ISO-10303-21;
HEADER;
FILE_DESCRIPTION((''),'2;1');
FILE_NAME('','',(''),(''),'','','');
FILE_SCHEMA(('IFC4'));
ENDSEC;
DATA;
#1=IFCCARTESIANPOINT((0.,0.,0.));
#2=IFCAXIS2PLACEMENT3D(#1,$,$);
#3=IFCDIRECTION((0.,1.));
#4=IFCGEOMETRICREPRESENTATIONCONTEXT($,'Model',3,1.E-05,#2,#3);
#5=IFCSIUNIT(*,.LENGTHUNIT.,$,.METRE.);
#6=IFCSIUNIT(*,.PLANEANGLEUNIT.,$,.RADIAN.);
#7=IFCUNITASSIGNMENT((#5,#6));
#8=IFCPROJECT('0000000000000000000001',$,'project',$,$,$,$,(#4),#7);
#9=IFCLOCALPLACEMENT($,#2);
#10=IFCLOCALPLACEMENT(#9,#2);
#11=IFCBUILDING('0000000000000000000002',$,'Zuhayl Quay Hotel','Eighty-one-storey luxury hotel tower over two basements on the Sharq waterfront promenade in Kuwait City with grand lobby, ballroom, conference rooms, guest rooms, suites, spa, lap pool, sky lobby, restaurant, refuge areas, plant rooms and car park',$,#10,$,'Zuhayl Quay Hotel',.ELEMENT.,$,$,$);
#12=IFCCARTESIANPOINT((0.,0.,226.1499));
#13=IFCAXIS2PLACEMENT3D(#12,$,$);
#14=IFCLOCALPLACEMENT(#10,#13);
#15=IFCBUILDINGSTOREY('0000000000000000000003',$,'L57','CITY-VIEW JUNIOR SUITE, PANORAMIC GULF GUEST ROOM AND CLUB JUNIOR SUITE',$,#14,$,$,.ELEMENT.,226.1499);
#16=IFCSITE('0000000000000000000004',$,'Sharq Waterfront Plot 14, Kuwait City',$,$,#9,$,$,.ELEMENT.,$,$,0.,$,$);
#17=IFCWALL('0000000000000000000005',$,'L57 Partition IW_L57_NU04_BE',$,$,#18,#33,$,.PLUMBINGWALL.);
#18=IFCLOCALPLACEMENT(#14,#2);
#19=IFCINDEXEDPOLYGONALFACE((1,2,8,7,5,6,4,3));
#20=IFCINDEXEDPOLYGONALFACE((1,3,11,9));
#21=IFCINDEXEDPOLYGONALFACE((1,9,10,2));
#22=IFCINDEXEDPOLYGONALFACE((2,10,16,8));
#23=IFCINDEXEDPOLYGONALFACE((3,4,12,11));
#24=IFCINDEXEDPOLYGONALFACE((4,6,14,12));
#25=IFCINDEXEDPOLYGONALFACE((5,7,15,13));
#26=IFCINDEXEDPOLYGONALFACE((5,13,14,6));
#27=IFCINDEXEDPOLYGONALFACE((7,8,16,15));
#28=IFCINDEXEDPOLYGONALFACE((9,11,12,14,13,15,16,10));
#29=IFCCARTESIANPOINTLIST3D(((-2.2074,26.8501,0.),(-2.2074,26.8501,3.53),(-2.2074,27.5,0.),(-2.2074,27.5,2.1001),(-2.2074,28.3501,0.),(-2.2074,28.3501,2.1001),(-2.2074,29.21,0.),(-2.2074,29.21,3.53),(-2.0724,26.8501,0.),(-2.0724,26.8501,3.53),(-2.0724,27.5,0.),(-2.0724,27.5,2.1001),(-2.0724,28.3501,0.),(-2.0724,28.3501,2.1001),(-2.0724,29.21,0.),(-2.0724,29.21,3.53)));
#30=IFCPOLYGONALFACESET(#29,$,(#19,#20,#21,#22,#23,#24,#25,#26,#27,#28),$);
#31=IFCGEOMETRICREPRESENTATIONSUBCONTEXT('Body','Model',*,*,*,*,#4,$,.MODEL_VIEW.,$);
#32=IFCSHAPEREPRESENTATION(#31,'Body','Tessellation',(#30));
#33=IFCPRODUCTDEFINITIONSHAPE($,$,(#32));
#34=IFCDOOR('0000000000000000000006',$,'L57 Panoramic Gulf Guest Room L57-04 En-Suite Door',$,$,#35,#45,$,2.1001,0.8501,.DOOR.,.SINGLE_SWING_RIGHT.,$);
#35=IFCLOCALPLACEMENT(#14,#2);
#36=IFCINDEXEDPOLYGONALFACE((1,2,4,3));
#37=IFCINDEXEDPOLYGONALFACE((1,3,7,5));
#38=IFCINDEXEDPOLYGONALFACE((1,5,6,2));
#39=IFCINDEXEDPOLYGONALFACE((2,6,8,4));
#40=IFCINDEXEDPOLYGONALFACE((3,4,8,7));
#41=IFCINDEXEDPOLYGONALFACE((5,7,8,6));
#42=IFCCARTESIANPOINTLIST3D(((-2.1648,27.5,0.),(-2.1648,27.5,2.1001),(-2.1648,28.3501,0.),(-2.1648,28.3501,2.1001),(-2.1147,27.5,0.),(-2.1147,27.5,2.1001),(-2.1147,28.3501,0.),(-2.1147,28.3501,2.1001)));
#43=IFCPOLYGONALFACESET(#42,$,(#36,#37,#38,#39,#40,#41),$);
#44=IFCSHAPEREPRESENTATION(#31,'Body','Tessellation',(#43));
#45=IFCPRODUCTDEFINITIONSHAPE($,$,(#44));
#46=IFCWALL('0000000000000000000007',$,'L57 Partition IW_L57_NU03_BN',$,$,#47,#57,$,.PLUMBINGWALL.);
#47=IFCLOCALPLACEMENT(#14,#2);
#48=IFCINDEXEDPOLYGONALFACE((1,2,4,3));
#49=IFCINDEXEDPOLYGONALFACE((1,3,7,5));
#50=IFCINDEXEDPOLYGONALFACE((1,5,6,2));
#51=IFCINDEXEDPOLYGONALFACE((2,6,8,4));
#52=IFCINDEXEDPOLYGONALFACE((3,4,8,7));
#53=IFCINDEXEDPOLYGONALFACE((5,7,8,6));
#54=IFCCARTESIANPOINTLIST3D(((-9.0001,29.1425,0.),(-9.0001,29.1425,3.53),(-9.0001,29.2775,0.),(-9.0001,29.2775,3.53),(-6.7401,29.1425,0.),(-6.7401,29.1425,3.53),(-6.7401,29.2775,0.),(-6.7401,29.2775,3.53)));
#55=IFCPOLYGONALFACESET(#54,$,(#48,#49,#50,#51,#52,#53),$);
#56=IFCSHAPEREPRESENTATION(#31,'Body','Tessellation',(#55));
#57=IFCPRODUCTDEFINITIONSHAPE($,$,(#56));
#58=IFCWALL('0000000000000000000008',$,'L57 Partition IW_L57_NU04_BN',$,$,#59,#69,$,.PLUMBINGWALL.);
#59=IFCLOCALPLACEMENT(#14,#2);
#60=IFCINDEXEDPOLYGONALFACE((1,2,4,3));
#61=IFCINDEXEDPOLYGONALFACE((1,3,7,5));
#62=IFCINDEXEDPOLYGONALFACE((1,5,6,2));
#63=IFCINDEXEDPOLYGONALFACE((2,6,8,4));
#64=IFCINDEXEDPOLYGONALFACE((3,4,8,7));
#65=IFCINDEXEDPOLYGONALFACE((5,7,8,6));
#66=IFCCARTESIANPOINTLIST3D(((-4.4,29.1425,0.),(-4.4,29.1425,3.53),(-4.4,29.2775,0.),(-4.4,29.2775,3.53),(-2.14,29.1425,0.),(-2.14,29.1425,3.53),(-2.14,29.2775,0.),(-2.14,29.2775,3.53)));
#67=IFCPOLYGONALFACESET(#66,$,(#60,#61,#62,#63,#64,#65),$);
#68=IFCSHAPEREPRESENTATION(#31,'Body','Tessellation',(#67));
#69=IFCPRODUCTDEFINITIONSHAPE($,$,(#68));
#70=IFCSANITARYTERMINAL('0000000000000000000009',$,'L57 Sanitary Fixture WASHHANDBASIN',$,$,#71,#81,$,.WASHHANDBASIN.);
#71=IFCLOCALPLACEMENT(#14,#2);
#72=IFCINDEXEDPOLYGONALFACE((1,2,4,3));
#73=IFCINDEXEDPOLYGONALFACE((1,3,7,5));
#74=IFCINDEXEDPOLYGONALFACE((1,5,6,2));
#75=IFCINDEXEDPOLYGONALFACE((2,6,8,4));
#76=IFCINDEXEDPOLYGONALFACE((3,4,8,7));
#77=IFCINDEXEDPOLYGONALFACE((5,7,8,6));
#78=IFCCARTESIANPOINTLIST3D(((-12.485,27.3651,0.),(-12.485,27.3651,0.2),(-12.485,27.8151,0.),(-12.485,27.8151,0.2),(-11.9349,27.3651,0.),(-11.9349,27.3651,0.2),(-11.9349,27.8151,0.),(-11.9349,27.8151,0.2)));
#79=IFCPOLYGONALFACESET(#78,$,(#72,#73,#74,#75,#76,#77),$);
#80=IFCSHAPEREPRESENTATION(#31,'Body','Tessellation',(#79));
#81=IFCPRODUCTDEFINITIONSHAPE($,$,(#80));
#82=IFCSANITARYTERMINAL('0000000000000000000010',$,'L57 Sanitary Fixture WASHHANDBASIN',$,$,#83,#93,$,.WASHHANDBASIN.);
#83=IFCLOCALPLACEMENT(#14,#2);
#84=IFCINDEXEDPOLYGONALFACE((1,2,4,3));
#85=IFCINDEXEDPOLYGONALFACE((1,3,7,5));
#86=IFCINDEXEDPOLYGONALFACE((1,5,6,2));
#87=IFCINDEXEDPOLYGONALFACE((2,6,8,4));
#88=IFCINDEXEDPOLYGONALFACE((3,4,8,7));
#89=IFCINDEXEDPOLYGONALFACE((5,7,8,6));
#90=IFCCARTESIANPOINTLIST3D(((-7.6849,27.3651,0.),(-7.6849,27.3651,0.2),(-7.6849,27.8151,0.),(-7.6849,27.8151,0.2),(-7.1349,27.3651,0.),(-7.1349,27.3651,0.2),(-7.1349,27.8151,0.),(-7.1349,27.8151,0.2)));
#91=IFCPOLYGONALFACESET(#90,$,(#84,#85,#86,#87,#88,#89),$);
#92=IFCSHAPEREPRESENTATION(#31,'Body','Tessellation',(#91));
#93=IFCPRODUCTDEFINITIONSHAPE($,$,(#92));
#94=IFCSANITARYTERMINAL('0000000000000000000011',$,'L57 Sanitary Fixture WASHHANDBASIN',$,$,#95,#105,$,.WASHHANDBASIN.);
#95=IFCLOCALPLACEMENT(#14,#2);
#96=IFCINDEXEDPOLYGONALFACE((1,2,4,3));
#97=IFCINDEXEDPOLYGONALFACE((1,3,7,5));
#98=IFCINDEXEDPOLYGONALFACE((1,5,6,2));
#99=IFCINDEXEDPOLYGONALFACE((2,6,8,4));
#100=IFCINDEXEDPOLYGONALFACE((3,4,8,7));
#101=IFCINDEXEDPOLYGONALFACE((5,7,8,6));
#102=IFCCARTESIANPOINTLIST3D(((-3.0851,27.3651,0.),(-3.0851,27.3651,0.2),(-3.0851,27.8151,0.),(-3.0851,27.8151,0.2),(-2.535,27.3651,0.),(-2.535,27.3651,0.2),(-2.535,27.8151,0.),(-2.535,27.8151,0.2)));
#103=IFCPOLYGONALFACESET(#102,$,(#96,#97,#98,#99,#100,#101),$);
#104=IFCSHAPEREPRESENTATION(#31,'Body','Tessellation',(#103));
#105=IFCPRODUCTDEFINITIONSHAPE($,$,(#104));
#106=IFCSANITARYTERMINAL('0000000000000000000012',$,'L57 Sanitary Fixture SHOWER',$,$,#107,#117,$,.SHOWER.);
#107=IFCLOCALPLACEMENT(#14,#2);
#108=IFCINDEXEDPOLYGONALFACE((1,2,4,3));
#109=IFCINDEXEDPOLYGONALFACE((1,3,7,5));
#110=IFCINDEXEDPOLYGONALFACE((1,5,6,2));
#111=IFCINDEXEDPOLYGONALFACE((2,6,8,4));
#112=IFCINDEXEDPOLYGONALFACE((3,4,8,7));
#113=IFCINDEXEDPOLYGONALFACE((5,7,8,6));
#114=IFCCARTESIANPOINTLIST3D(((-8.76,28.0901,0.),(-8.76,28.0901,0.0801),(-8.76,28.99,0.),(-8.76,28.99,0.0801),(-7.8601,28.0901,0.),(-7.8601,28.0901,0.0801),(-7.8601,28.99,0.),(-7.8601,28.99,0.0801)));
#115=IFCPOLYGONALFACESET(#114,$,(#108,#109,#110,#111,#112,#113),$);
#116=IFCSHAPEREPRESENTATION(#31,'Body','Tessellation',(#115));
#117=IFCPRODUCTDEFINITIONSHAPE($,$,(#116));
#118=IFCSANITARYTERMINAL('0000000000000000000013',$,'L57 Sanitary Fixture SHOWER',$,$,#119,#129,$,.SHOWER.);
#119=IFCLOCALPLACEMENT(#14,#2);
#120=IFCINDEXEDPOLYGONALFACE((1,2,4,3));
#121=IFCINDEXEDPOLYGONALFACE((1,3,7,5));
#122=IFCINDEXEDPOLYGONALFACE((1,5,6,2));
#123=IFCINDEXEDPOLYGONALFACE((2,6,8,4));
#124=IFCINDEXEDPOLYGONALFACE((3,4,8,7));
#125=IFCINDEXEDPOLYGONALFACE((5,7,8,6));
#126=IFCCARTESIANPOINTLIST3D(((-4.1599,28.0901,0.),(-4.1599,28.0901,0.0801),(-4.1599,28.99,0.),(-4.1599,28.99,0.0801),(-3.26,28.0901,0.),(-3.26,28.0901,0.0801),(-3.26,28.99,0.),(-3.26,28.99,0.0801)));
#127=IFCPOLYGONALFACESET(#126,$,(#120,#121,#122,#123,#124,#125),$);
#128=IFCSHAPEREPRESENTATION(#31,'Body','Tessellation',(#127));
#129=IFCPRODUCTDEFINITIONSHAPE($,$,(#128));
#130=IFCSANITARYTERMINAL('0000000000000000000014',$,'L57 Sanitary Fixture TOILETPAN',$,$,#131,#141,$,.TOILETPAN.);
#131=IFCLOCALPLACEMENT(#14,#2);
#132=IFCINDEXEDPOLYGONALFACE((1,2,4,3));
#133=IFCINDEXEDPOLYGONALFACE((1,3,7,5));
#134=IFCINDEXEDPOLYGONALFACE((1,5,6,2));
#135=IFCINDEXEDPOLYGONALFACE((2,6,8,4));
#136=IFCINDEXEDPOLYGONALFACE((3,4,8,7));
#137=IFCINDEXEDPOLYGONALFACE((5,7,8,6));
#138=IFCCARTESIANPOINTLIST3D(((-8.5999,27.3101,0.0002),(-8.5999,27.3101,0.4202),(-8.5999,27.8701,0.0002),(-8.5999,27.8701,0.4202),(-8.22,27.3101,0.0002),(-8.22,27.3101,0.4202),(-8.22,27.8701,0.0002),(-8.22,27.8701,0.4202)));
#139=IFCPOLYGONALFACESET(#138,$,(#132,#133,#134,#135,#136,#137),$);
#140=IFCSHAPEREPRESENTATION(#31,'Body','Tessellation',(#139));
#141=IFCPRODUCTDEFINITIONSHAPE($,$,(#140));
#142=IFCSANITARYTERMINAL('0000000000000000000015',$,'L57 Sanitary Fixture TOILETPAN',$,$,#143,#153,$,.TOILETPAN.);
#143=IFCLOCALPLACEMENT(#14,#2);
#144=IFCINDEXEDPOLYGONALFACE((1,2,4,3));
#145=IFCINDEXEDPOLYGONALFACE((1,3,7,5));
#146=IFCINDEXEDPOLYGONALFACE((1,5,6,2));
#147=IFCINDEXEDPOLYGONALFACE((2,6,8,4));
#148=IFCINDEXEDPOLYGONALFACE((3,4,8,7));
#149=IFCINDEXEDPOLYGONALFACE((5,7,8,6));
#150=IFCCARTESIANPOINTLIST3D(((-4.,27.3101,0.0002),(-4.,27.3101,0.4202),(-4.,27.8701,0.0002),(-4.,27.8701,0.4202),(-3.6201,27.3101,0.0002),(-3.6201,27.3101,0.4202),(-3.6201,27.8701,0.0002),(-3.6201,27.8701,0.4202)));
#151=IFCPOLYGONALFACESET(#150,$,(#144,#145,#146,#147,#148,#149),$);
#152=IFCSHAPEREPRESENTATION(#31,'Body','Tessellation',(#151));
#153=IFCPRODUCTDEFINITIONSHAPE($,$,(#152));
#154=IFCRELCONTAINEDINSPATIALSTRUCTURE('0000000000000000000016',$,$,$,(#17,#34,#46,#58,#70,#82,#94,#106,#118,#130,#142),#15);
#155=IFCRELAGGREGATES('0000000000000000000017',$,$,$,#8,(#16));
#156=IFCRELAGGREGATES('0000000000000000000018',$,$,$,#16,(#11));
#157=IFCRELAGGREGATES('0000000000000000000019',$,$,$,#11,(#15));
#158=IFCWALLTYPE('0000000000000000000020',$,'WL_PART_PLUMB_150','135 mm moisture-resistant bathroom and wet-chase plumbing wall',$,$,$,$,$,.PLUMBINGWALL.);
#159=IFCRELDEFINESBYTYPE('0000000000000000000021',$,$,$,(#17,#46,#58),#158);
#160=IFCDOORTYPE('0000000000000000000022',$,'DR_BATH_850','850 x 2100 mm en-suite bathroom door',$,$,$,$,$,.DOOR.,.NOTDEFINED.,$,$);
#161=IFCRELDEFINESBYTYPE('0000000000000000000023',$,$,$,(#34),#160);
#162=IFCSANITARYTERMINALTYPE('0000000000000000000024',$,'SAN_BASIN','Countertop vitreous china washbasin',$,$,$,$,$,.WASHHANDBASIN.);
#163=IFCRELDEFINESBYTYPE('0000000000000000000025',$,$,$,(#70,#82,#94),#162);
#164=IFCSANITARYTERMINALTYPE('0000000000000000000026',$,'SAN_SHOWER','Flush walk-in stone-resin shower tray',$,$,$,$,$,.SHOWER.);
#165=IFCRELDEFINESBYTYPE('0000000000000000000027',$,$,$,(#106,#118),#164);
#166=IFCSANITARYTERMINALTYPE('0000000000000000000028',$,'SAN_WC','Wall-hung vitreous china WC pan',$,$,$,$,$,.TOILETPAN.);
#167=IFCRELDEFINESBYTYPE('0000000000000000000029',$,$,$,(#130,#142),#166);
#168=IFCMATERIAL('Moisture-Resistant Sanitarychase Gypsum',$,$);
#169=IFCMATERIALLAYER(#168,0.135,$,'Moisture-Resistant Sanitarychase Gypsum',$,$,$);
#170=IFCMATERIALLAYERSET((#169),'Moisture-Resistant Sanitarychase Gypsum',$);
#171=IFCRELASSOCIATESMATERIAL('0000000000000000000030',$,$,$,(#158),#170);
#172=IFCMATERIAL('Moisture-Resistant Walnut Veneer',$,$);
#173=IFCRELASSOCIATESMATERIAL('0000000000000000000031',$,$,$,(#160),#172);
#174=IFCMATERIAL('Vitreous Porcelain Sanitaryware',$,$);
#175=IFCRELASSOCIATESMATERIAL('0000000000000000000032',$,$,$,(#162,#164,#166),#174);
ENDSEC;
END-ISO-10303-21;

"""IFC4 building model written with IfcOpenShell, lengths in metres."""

from ifc_helpers import new_model, si_unit, direction, frame, frame_2d, origin, origin_2d, place, context, subcontext, project, spatial, rectangle, extrude, material, layer, layer_set, type_object, element, fill, save


model = new_model("IFC4")

# Units and contexts
model_context = context("Model", 3, precision=1e-05, world=origin(), true_north=direction((0.0, 1.0)))
body_context = subcontext(model_context, "Body", "Model", "MODEL_VIEW")
ifc_project = project(units=[si_unit("LENGTHUNIT", "METRE"), si_unit("PLANEANGLEUNIT", "RADIAN")], contexts=[model_context])

# Site, building, storey
site_placement = place(None, origin())
site = spatial("IfcSite", under=ifc_project, at=site_placement, Name="Sharq Waterfront Plot 14, Kuwait City", CompositionType="ELEMENT", RefElevation=0.0)
building_placement = place(site_placement, origin())
building = spatial("IfcBuilding", under=site, at=building_placement, Name="Zuhayl Quay Hotel", Description="Eighty-one-storey luxury hotel tower over two basements on the Sharq waterfront promenade in Kuwait City with grand lobby, ballroom, conference rooms, guest rooms, suites, spa, lap pool, sky lobby, restaurant, refuge areas, plant rooms and car park", LongName="Zuhayl Quay Hotel", CompositionType="ELEMENT")
storey_placement = place(building_placement, frame((0.0, 0.0, 226.1499)))
storey = spatial("IfcBuildingStorey", under=building, at=storey_placement, Name="L57", Description="CITY-VIEW JUNIOR SUITE, PANORAMIC GULF GUEST ROOM AND CLUB JUNIOR SUITE", CompositionType="ELEMENT", Elevation=226.1499)

# Wall, opening, door
ifc_material_1 = material(Name="Moisture-Resistant Sanitarychase Gypsum")
ifc_layer_1 = layer(ifc_material_1, 0.135, Name="Moisture-Resistant Sanitarychase Gypsum")
ifc_layer_set_1 = layer_set([ifc_layer_1], Name="Moisture-Resistant Sanitarychase Gypsum")
wall_type_1 = type_object("IfcWallType", Name="WL_PART_PLUMB_150", Description="135 mm moisture-resistant bathroom and wet-chase plumbing wall", PredefinedType="PLUMBINGWALL", material=ifc_layer_set_1)
ifc_material_2 = material(Name="Moisture-Resistant Walnut Veneer")
door_type_1 = type_object("IfcDoorType", Name="DR_BATH_850", Description="850 x 2100 mm en-suite bathroom door", OperationType="NOTDEFINED", PredefinedType="DOOR", material=ifc_material_2)
wall_1_placement = place(storey_placement, frame((-2.1399, 26.8501, 0.0), z_axis=(0.0, 0.0, 1.0), x_axis=(0.0, 1.0, 0.0)))
wall_1 = element("IfcWall", 1, at=wall_1_placement, inside=storey, type_object=wall_type_1, Name="L57 Partition IW_L57_NU04_BE", PredefinedType="PLUMBINGWALL", context=body_context, shape_type="SweptSolid", body=[
    extrude(rectangle(XDim=2.3599, YDim=0.135, at=frame_2d((1.1799, 0.0))), origin(), (0.0, 0.0, 1.0), 3.53),
])
opening_1_placement = place(wall_1_placement, frame((0.6499, 0.0, 0.0)))
opening_1 = element("IfcOpeningElement", 2, at=opening_1_placement, cuts=wall_1, PredefinedType="OPENING", context=body_context, shape_type="SweptSolid", body=[
    extrude(rectangle(XDim=0.8501, YDim=2.1001, at=frame_2d((0.425, 1.05))), frame((0.0, 0.0774, 0.0), z_axis=(0.0, -1.0, 0.0), x_axis=(1.0, 0.0, 0.0)), (0.0, 0.0, 1.0), 0.155),
])
door_1_placement = place(opening_1_placement, origin())
door_1 = element("IfcDoor", 3, at=door_1_placement, inside=storey, type_object=door_type_1, Name="L57 Panoramic Gulf Guest Room L57-04 En-Suite Door", OperationType="SINGLE_SWING_RIGHT", OverallHeight=2.1001, OverallWidth=0.8501, PredefinedType="DOOR", context=body_context, shape_type="SweptSolid", body=[
    extrude(rectangle(XDim=0.8501, YDim=2.1001, at=frame_2d((0.425, 1.05))), frame((0.0, 0.0249, 0.0), z_axis=(0.0, -1.0, 0.0), x_axis=(1.0, 0.0, 0.0)), (0.0, 0.0, 1.0), 0.05),
])
fill(opening_1, door_1)

# Walls
for number, where, z_axis, x_axis, name in (
    (4, (-9.0, 29.21, 0.0), (0.0, 0.0, 1.0), (1.0, 0.0, 0.0), "L57 Partition IW_L57_NU03_BN"),
    (5, (-4.3999, 29.21, 0.0), (0.0, 0.0, 1.0), (1.0, 0.0, 0.0), "L57 Partition IW_L57_NU04_BN"),
):
    element("IfcWall", number, at=place(storey_placement, frame(where, z_axis=z_axis, x_axis=x_axis)), inside=storey, type_object=wall_type_1, Name=name, PredefinedType="PLUMBINGWALL", context=body_context, shape_type="SweptSolid", body=[
        extrude(rectangle(XDim=2.26, YDim=0.135, at=frame_2d((1.1299, 0.0))), origin(), (0.0, 0.0, 1.0), 3.53),
    ])

# Sanitary terminals
ifc_material_3 = material(Name="Vitreous Porcelain Sanitaryware")
sanitary_terminal_type_1 = type_object("IfcSanitaryTerminalType", Name="SAN_BASIN", Description="Countertop vitreous china washbasin", PredefinedType="WASHHANDBASIN", material=ifc_material_3)
for number, where, z_axis, x_axis, name in (
    (6, (-12.21, 27.5901, 0.0), (0.0, 0.0, 1.0), (1.0, 0.0, 0.0), "L57 Sanitary Fixture WASHHANDBASIN"),
    (7, (-7.4099, 27.5901, 0.0), (0.0, 0.0, 1.0), (1.0, 0.0, 0.0), "L57 Sanitary Fixture WASHHANDBASIN"),
    (8, (-2.8101, 27.5901, 0.0), (0.0, 0.0, 1.0), (1.0, 0.0, 0.0), "L57 Sanitary Fixture WASHHANDBASIN"),
):
    element("IfcSanitaryTerminal", number, at=place(storey_placement, frame(where, z_axis=z_axis, x_axis=x_axis)), inside=storey, type_object=sanitary_terminal_type_1, Name=name, PredefinedType="WASHHANDBASIN", context=body_context, shape_type="SweptSolid", body=[
        extrude(rectangle(XDim=0.55, YDim=0.45, at=origin_2d()), origin(), (0.0, 0.0, 1.0), 0.2),
    ])
sanitary_terminal_type_2 = type_object("IfcSanitaryTerminalType", Name="SAN_SHOWER", Description="Flush walk-in stone-resin shower tray", PredefinedType="SHOWER", material=ifc_material_3)
for number, where, z_axis, x_axis, name in (
    (9, (-8.3101, 28.54, 0.0), (0.0, 0.0, 1.0), (1.0, 0.0, 0.0), "L57 Sanitary Fixture SHOWER"),
    (10, (-3.71, 28.54, 0.0), (0.0, 0.0, 1.0), (1.0, 0.0, 0.0), "L57 Sanitary Fixture SHOWER"),
):
    element("IfcSanitaryTerminal", number, at=place(storey_placement, frame(where, z_axis=z_axis, x_axis=x_axis)), inside=storey, type_object=sanitary_terminal_type_2, Name=name, PredefinedType="SHOWER", context=body_context, shape_type="SweptSolid", body=[
        extrude(rectangle(XDim=0.8999, YDim=0.8999, at=origin_2d()), origin(), (0.0, 0.0, 1.0), 0.0801),
    ])
sanitary_terminal_type_3 = type_object("IfcSanitaryTerminalType", Name="SAN_WC", Description="Wall-hung vitreous china WC pan", PredefinedType="TOILETPAN", material=ifc_material_3)
for number, where, z_axis, x_axis, name in (
    (11, (-8.4099, 27.5901, 0.0002), (0.0, 0.0, 1.0), (1.0, 0.0, 0.0), "L57 Sanitary Fixture TOILETPAN"),
    (12, (-3.8101, 27.5901, 0.0002), (0.0, 0.0, 1.0), (1.0, 0.0, 0.0), "L57 Sanitary Fixture TOILETPAN"),
):
    element("IfcSanitaryTerminal", number, at=place(storey_placement, frame(where, z_axis=z_axis, x_axis=x_axis)), inside=storey, type_object=sanitary_terminal_type_3, Name=name, PredefinedType="TOILETPAN", context=body_context, shape_type="SweptSolid", body=[
        extrude(rectangle(XDim=0.3799, YDim=0.5601, at=origin_2d()), origin(), (0.0, 0.0, 1.0), 0.4199),
    ])

save(model, "model.ifc")
